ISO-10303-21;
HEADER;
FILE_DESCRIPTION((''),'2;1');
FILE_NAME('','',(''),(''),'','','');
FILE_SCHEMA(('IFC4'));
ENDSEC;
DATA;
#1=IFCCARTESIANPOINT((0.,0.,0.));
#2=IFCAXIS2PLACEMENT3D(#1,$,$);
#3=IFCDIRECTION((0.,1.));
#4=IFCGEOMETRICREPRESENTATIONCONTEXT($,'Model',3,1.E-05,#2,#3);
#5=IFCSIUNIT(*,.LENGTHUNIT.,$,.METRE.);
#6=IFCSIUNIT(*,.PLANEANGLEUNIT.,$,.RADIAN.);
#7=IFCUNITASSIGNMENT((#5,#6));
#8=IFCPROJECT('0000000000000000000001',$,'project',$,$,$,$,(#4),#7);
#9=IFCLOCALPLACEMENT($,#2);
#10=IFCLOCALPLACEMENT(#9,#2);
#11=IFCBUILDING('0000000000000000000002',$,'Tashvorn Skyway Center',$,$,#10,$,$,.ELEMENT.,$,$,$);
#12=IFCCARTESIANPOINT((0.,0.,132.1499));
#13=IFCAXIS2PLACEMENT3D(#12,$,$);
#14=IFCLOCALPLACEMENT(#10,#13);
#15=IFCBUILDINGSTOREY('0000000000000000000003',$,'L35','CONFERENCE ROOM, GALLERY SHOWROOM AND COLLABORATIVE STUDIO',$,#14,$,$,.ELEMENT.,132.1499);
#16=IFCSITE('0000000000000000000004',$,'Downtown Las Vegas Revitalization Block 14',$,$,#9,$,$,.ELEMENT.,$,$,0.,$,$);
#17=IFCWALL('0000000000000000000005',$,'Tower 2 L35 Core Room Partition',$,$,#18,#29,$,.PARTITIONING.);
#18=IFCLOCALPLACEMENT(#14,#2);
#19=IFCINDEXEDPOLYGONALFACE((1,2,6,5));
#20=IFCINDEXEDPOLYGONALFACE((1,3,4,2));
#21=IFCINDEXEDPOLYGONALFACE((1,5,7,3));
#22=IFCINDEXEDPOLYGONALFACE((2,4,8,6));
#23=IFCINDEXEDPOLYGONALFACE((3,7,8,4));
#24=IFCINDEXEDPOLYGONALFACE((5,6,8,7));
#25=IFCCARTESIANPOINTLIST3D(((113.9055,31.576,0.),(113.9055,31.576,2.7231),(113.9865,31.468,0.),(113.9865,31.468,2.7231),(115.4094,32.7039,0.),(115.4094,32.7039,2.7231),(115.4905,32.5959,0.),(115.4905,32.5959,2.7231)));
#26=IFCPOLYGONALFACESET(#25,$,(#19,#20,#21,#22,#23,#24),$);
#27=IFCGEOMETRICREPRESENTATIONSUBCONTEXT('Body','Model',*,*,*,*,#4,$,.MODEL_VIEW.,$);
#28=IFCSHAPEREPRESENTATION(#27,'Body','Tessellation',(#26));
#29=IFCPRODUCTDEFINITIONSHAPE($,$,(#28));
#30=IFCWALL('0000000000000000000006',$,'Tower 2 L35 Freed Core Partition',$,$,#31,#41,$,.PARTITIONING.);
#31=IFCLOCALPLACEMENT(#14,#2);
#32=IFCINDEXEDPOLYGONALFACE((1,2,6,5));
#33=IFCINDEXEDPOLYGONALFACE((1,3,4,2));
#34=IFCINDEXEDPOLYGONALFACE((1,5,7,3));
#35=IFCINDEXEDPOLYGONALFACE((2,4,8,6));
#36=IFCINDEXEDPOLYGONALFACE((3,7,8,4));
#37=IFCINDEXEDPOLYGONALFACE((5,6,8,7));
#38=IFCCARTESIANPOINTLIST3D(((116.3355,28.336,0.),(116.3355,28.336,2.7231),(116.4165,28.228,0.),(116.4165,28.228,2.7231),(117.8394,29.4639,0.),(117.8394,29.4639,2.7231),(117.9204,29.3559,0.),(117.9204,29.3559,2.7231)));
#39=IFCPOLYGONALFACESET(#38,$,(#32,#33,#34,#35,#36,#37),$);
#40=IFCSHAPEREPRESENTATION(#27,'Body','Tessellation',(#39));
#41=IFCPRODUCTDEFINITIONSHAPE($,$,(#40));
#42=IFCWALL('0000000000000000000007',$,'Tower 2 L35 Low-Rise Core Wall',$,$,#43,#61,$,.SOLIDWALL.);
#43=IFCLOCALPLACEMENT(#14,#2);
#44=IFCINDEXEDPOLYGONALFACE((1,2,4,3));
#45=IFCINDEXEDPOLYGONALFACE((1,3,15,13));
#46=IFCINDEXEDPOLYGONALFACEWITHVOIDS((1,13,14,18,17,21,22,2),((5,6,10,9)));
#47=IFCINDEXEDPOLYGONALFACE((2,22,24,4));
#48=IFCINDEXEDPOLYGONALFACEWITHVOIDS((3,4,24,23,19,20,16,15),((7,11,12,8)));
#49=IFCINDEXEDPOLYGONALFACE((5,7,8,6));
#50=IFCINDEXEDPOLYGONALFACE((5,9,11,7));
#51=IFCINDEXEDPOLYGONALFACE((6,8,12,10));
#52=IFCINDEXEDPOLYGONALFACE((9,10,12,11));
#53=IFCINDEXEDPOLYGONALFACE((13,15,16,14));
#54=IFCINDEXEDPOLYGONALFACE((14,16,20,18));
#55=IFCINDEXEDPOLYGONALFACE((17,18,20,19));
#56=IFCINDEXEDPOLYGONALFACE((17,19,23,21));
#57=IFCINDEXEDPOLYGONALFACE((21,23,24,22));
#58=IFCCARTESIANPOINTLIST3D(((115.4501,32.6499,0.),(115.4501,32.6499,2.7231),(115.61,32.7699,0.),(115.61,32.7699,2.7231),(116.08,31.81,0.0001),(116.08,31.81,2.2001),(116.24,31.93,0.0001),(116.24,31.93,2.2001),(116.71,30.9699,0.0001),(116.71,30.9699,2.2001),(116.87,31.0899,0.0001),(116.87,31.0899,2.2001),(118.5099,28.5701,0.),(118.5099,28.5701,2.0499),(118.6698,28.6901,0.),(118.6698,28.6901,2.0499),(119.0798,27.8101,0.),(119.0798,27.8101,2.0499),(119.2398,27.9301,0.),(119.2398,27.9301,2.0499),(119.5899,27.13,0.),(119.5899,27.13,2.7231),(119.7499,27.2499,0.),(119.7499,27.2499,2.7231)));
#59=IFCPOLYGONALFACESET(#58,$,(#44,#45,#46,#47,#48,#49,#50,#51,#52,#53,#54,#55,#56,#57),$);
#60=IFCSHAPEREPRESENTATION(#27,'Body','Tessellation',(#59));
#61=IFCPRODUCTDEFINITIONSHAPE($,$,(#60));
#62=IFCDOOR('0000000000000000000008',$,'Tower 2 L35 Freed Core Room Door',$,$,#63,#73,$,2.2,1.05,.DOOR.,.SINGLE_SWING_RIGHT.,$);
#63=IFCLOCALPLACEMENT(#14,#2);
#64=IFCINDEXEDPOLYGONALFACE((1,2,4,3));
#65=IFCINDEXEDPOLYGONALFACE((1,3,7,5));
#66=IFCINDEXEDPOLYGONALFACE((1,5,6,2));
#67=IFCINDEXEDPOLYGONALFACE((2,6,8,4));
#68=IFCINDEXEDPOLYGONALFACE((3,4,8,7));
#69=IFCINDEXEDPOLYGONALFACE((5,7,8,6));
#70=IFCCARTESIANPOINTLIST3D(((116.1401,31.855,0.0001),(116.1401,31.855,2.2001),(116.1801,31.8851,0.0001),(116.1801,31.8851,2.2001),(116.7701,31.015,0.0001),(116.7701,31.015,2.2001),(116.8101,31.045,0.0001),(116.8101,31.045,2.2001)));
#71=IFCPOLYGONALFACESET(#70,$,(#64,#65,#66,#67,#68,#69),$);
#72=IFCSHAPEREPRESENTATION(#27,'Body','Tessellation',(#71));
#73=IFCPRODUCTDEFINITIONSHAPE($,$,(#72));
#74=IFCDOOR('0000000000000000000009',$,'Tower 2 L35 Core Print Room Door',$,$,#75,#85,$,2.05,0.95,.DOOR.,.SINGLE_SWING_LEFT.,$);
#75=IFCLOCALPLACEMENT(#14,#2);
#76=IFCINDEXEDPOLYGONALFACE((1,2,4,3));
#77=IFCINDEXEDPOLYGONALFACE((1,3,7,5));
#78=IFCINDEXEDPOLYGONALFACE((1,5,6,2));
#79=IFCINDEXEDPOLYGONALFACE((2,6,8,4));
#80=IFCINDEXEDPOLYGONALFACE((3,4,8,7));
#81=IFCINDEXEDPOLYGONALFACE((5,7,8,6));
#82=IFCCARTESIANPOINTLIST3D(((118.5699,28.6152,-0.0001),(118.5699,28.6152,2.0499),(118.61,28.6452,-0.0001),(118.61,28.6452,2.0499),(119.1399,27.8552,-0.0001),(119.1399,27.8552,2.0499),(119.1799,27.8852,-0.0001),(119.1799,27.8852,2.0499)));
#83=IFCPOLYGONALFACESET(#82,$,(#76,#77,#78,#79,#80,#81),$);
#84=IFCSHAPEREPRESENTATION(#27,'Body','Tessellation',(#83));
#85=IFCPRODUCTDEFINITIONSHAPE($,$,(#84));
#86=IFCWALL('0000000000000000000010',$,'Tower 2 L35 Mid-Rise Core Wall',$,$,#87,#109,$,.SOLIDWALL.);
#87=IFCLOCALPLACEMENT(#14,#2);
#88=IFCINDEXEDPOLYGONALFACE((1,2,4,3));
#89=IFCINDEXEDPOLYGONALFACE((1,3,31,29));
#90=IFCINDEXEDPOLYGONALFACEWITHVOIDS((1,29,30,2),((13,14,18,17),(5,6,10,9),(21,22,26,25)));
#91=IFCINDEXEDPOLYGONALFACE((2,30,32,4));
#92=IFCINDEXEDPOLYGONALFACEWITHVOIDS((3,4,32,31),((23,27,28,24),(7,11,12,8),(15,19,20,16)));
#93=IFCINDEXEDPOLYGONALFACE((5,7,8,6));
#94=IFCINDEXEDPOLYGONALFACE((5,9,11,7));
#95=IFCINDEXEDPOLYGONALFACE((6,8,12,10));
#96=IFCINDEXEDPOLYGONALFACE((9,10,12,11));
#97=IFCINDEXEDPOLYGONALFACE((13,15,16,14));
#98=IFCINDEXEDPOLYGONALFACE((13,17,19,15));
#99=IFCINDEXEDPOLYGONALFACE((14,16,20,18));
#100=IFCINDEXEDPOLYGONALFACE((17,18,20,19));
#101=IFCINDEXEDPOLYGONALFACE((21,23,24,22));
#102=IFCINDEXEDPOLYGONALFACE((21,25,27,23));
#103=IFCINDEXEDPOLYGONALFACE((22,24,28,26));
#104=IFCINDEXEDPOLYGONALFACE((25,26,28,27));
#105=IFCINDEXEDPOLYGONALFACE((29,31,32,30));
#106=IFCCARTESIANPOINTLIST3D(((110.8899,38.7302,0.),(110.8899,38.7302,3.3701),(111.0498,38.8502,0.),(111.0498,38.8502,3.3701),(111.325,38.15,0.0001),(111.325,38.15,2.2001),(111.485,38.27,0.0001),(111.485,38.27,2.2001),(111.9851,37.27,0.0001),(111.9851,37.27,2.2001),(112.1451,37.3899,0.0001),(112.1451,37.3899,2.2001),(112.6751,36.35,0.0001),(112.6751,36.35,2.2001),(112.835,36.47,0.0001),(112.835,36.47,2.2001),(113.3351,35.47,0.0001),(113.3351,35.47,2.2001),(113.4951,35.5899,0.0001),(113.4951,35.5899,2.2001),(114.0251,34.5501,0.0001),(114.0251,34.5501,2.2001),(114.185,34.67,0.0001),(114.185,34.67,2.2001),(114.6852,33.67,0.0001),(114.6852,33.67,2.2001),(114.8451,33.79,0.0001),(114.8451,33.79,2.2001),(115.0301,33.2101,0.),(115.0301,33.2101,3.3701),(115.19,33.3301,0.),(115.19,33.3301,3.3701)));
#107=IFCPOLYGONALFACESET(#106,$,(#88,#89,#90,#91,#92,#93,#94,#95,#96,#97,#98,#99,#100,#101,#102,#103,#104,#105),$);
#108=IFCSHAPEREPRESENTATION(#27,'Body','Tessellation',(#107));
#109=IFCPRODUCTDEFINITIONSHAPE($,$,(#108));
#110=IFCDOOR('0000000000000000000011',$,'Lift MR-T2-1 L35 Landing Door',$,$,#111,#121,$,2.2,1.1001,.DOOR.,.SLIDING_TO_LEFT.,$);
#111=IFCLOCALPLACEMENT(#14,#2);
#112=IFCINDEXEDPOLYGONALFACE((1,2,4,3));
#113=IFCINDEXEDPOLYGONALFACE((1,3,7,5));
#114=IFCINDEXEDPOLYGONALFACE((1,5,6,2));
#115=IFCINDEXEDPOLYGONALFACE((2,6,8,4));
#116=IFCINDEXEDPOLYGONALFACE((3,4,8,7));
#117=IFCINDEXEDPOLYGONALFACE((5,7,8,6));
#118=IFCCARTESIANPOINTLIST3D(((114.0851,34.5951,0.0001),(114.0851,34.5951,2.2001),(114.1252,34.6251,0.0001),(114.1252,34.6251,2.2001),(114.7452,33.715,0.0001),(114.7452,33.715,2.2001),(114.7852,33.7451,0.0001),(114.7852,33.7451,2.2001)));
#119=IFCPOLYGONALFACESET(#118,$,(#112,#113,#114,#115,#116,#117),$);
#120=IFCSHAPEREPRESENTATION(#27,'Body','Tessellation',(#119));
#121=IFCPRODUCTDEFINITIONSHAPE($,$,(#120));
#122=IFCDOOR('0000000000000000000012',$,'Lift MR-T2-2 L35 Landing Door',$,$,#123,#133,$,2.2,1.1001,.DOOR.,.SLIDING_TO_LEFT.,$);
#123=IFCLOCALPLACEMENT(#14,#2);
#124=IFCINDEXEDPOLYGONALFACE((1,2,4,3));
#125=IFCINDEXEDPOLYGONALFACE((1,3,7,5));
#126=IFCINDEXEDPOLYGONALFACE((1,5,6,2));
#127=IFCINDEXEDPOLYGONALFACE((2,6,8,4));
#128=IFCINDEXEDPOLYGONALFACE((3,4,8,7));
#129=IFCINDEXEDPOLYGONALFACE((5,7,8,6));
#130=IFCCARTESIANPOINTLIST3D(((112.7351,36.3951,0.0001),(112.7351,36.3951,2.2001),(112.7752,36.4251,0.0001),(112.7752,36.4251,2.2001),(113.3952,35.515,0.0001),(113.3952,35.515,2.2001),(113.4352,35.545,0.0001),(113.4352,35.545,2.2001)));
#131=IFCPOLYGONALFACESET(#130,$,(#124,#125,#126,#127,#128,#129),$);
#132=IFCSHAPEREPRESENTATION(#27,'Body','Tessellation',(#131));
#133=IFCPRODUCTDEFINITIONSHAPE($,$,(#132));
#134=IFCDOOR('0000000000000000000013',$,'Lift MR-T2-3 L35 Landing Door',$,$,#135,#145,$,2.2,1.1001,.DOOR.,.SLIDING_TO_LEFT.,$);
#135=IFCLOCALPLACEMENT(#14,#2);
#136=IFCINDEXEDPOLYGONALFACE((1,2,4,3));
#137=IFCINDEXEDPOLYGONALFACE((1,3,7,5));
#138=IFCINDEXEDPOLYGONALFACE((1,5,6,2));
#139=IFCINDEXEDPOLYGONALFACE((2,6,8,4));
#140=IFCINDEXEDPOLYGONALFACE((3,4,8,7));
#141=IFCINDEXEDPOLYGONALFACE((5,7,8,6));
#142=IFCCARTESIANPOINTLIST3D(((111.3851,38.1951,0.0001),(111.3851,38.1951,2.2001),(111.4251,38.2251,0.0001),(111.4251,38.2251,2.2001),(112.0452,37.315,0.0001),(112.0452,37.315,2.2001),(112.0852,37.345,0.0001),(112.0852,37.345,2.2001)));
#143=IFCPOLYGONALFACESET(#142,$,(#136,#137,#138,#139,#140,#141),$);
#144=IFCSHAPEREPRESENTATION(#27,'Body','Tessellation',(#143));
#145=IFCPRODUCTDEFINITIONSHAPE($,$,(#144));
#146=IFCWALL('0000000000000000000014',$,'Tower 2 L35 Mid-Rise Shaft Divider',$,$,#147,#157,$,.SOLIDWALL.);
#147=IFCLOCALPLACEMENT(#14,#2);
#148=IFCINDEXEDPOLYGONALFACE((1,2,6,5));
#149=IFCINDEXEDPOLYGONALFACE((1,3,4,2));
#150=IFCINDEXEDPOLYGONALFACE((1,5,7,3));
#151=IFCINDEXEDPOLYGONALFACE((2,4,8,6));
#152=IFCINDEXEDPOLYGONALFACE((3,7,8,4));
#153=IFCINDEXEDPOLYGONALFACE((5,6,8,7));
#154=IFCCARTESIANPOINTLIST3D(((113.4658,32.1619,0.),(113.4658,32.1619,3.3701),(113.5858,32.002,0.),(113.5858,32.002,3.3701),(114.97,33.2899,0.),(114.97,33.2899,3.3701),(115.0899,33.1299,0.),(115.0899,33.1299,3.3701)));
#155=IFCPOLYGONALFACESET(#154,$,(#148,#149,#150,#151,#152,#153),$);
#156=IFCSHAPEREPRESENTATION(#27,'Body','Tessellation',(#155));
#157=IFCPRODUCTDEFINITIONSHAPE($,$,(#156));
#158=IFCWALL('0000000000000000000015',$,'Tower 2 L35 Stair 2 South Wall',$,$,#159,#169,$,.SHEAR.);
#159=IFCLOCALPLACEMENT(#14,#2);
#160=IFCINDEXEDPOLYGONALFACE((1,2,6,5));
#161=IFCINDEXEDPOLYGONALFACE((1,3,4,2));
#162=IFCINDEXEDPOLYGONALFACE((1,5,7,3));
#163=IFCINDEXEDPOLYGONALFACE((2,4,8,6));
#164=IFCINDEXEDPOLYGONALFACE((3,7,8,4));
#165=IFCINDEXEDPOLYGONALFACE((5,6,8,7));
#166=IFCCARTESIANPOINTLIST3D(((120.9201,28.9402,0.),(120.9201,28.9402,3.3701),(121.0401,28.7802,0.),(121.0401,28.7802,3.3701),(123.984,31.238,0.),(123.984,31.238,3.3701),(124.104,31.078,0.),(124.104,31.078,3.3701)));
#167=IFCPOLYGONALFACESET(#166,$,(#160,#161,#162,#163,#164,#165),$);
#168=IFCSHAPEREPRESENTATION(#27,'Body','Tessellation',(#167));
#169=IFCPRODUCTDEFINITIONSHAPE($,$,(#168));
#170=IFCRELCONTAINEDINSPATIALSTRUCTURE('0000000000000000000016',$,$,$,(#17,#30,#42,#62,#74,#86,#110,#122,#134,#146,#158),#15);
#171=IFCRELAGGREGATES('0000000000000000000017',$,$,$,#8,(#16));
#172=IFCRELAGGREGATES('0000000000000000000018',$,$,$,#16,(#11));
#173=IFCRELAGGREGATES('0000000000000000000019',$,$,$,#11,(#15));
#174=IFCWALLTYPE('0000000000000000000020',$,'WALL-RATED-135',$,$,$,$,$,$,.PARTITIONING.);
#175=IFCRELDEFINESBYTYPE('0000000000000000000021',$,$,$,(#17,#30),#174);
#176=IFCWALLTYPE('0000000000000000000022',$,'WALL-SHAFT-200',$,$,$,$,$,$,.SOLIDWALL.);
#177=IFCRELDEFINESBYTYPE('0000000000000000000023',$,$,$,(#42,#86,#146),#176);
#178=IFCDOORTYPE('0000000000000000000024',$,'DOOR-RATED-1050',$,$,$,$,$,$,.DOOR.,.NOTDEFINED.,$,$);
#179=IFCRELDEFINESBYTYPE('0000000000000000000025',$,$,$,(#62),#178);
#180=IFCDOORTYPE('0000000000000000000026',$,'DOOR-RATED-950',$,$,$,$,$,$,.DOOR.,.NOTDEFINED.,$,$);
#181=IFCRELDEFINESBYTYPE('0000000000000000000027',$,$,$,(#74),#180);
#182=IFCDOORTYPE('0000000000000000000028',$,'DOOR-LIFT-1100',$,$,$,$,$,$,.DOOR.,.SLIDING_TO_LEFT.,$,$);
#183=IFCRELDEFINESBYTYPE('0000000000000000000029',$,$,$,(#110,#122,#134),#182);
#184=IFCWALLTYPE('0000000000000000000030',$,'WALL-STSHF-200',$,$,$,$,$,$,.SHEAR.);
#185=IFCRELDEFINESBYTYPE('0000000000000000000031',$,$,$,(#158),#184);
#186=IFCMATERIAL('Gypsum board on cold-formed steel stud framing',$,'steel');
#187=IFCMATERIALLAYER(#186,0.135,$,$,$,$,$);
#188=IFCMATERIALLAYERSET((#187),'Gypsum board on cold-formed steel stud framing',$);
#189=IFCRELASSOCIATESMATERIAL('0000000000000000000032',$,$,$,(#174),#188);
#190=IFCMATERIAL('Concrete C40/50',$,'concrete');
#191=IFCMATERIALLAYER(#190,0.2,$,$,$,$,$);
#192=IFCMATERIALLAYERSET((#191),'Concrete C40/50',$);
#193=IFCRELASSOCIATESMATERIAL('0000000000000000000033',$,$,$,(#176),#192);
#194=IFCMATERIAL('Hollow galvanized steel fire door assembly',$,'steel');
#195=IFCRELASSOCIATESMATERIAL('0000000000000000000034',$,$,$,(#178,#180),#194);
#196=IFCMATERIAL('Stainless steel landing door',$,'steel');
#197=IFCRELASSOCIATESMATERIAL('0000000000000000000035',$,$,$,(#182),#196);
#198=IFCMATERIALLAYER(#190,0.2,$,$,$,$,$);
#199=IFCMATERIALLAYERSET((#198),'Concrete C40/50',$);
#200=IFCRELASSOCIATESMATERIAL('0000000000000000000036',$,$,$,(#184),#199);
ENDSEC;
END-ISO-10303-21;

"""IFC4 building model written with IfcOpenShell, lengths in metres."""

from ifc_helpers import new_model, si_unit, direction, frame, frame_2d, origin, place, context, subcontext, project, spatial, rectangle, extrude, material, layer, layer_set, type_object, element, fill, save


model = new_model("IFC4")

# Units and contexts
model_context = context("Model", 3, precision=1e-05, world=origin(), true_north=direction((0.0, 1.0)))
body_context = subcontext(model_context, "Body", "Model", "MODEL_VIEW")
ifc_project = project(units=[si_unit("LENGTHUNIT", "METRE"), si_unit("PLANEANGLEUNIT", "RADIAN")], contexts=[model_context])

# Site, building, storey
site_placement = place(None, origin())
site = spatial("IfcSite", under=ifc_project, at=site_placement, Name="Downtown Las Vegas Revitalization Block 14", CompositionType="ELEMENT", RefElevation=0.0)
building_placement = place(site_placement, origin())
building = spatial("IfcBuilding", under=site, at=building_placement, Name="Tashvorn Skyway Center", CompositionType="ELEMENT")
storey_placement = place(building_placement, frame((0.0, 0.0, 132.1499)))
storey = spatial("IfcBuildingStorey", under=building, at=storey_placement, Name="L35", Description="CONFERENCE ROOM, GALLERY SHOWROOM AND COLLABORATIVE STUDIO", CompositionType="ELEMENT", Elevation=132.1499)

# Shared definitions
ifc_material_1 = material(Name="Hollow galvanized steel fire door assembly", Category="steel")

# Shared definitions
ifc_material_2 = material(Name="Concrete C40/50", Category="concrete")

# Walls
ifc_material_3 = material(Name="Gypsum board on cold-formed steel stud framing", Category="steel")
ifc_layer_1 = layer(ifc_material_3, 0.135)
ifc_layer_set_1 = layer_set([ifc_layer_1], Name="Gypsum board on cold-formed steel stud framing")
wall_type_1 = type_object("IfcWallType", Name="WALL-RATED-135", PredefinedType="PARTITIONING", material=ifc_layer_set_1)
for number, where, z_axis, x_axis, name in (
    (1, (113.946, 31.522, 0.0), (0.0, 0.0, 1.0), (0.8, 0.6, 0.0), "Tower 2 L35 Core Room Partition"),
    (2, (116.376, 28.282, 0.0), (0.0, 0.0, 1.0), (0.8, 0.6, 0.0), "Tower 2 L35 Freed Core Partition"),
):
    element("IfcWall", number, at=place(storey_placement, frame(where, z_axis=z_axis, x_axis=x_axis)), inside=storey, type_object=wall_type_1, Name=name, PredefinedType="PARTITIONING", context=body_context, shape_type="SweptSolid", body=[
        extrude(rectangle(XDim=1.8799, YDim=0.135, at=frame_2d((0.9399, 0.0))), origin(), (0.0, 0.0, 1.0), 2.7231),
    ])

# Walls, openings, doors
ifc_layer_2 = layer(ifc_material_2, 0.2)
ifc_layer_set_2 = layer_set([ifc_layer_2], Name="Concrete C40/50")
wall_type_2 = type_object("IfcWallType", Name="WALL-SHAFT-200", PredefinedType="SOLIDWALL", material=ifc_layer_set_2)
wall_1_placement = place(storey_placement, frame((119.6699, 27.1899, 0.0), z_axis=(0.0, 0.0, 1.0), x_axis=(-0.599989, 0.800008, 0.0)))
wall_1 = element("IfcWall", 3, at=wall_1_placement, inside=storey, type_object=wall_type_2, Name="Tower 2 L35 Low-Rise Core Wall", PredefinedType="SOLIDWALL", context=body_context, shape_type="SweptSolid", body=[
    extrude(rectangle(XDim=6.8999, YDim=0.2, at=frame_2d((3.45, 0.0))), origin(), (0.0, 0.0, 1.0), 2.7231),
])
opening_1_placement = place(wall_1_placement, frame((0.8501, 0.0, 0.0)))
opening_1 = element("IfcOpeningElement", 4, at=opening_1_placement, cuts=wall_1, PredefinedType="OPENING", context=body_context, shape_type="SweptSolid", body=[
    extrude(rectangle(XDim=0.95, YDim=2.05, at=frame_2d((0.4751, 1.0249))), frame((0.0, 0.1099, 0.0), z_axis=(0.0, -1.0, 0.0), x_axis=(1.0, 0.0, 0.0)), (0.0, 0.0, 1.0), 0.22),
])
opening_2_placement = place(wall_1_placement, frame((4.8, 0.0, 0.0)))
opening_2 = element("IfcOpeningElement", 5, at=opening_2_placement, cuts=wall_1, PredefinedType="OPENING", context=body_context, shape_type="SweptSolid", body=[
    extrude(rectangle(XDim=1.05, YDim=2.2, at=frame_2d((0.5249, 1.1001))), frame((0.0, 0.1099, 0.0), z_axis=(0.0, -1.0, 0.0), x_axis=(1.0, 0.0, 0.0)), (0.0, 0.0, 1.0), 0.22),
])
door_type_1 = type_object("IfcDoorType", Name="DOOR-RATED-1050", OperationType="NOTDEFINED", PredefinedType="DOOR", material=ifc_material_1)
door_1_placement = place(opening_2_placement, origin())
door_1 = element("IfcDoor", 6, at=door_1_placement, inside=storey, type_object=door_type_1, Name="Tower 2 L35 Freed Core Room Door", OperationType="SINGLE_SWING_RIGHT", OverallHeight=2.2, OverallWidth=1.05, PredefinedType="DOOR", context=body_context, shape_type="SweptSolid", body=[
    extrude(rectangle(XDim=1.05, YDim=2.2, at=frame_2d((0.5249, 1.1001))), frame((0.0, 0.0249, 0.0), z_axis=(0.0, -1.0, 0.0), x_axis=(1.0, 0.0, 0.0)), (0.0, 0.0, 1.0), 0.05),
])
fill(opening_2, door_1)
door_type_2 = type_object("IfcDoorType", Name="DOOR-RATED-950", OperationType="NOTDEFINED", PredefinedType="DOOR", material=ifc_material_1)
door_2_placement = place(opening_1_placement, origin())
door_2 = element("IfcDoor", 7, at=door_2_placement, inside=storey, type_object=door_type_2, Name="Tower 2 L35 Core Print Room Door", OperationType="SINGLE_SWING_LEFT", OverallHeight=2.05, OverallWidth=0.95, PredefinedType="DOOR", context=body_context, shape_type="SweptSolid", body=[
    extrude(rectangle(XDim=0.95, YDim=2.05, at=frame_2d((0.4751, 1.0249))), frame((0.0, 0.0249, 0.0), z_axis=(0.0, -1.0, 0.0), x_axis=(1.0, 0.0, 0.0)), (0.0, 0.0, 1.0), 0.05),
])
fill(opening_1, door_2)
wall_2_placement = place(storey_placement, frame((115.1101, 33.27, 0.0), z_axis=(0.0, 0.0, 1.0), x_axis=(-0.600011, 0.799992, 0.0)))
wall_2 = element("IfcWall", 8, at=wall_2_placement, inside=storey, type_object=wall_type_2, Name="Tower 2 L35 Mid-Rise Core Wall", PredefinedType="SOLIDWALL", context=body_context, shape_type="SweptSolid", body=[
    extrude(rectangle(XDim=6.9001, YDim=0.2, at=frame_2d((3.4502, 0.0))), origin(), (0.0, 0.0, 1.0), 3.3701),
])
opening_3_placement = place(wall_2_placement, frame((0.575, 0.0, 0.0)))
opening_3 = element("IfcOpeningElement", 9, at=opening_3_placement, cuts=wall_2, PredefinedType="OPENING", context=body_context, shape_type="SweptSolid", body=[
    extrude(rectangle(XDim=1.1001, YDim=2.2, at=frame_2d((0.55, 1.1001))), frame((0.0, 0.1099, 0.0), z_axis=(0.0, -1.0, 0.0), x_axis=(1.0, 0.0, 0.0)), (0.0, 0.0, 1.0), 0.22),
])
opening_4_placement = place(wall_2_placement, frame((2.825, 0.0, 0.0)))
opening_4 = element("IfcOpeningElement", 10, at=opening_4_placement, cuts=wall_2, PredefinedType="OPENING", context=body_context, shape_type="SweptSolid", body=[
    extrude(rectangle(XDim=1.1001, YDim=2.2, at=frame_2d((0.55, 1.1001))), frame((0.0, 0.1099, 0.0), z_axis=(0.0, -1.0, 0.0), x_axis=(1.0, 0.0, 0.0)), (0.0, 0.0, 1.0), 0.22),
])
opening_5_placement = place(wall_2_placement, frame((5.075, 0.0, 0.0)))
opening_5 = element("IfcOpeningElement", 11, at=opening_5_placement, cuts=wall_2, PredefinedType="OPENING", context=body_context, shape_type="SweptSolid", body=[
    extrude(rectangle(XDim=1.1001, YDim=2.2, at=frame_2d((0.55, 1.1001))), frame((0.0, 0.1099, 0.0), z_axis=(0.0, -1.0, 0.0), x_axis=(1.0, 0.0, 0.0)), (0.0, 0.0, 1.0), 0.22),
])
ifc_material_4 = material(Name="Stainless steel landing door", Category="steel")
door_type_3 = type_object("IfcDoorType", Name="DOOR-LIFT-1100", OperationType="SLIDING_TO_LEFT", PredefinedType="DOOR", material=ifc_material_4)
door_3_placement = place(opening_3_placement, origin())
door_3 = element("IfcDoor", 12, at=door_3_placement, inside=storey, type_object=door_type_3, Name="Lift MR-T2-1 L35 Landing Door", OperationType="SLIDING_TO_LEFT", OverallHeight=2.2, OverallWidth=1.1001, PredefinedType="DOOR", context=body_context, shape_type="SweptSolid", body=[
    extrude(rectangle(XDim=1.1001, YDim=2.2, at=frame_2d((0.55, 1.1001))), frame((0.0, 0.0249, 0.0), z_axis=(0.0, -1.0, 0.0), x_axis=(1.0, 0.0, 0.0)), (0.0, 0.0, 1.0), 0.05),
])
fill(opening_3, door_3)
door_4_placement = place(opening_4_placement, origin())
door_4 = element("IfcDoor", 13, at=door_4_placement, inside=storey, type_object=door_type_3, Name="Lift MR-T2-2 L35 Landing Door", OperationType="SLIDING_TO_LEFT", OverallHeight=2.2, OverallWidth=1.1001, PredefinedType="DOOR", context=body_context, shape_type="SweptSolid", body=[
    extrude(rectangle(XDim=1.1001, YDim=2.2, at=frame_2d((0.55, 1.1001))), frame((0.0, 0.0249, 0.0), z_axis=(0.0, -1.0, 0.0), x_axis=(1.0, 0.0, 0.0)), (0.0, 0.0, 1.0), 0.05),
])
fill(opening_4, door_4)
door_5_placement = place(opening_5_placement, origin())
door_5 = element("IfcDoor", 14, at=door_5_placement, inside=storey, type_object=door_type_3, Name="Lift MR-T2-3 L35 Landing Door", OperationType="SLIDING_TO_LEFT", OverallHeight=2.2, OverallWidth=1.1001, PredefinedType="DOOR", context=body_context, shape_type="SweptSolid", body=[
    extrude(rectangle(XDim=1.1001, YDim=2.2, at=frame_2d((0.55, 1.1001))), frame((0.0, 0.0249, 0.0), z_axis=(0.0, -1.0, 0.0), x_axis=(1.0, 0.0, 0.0)), (0.0, 0.0, 1.0), 0.05),
])
fill(opening_5, door_5)

# Walls
wall_3_placement = place(storey_placement, frame((113.5259, 32.082, 0.0), z_axis=(0.0, 0.0, 1.0), x_axis=(0.800047, 0.599938, 0.0)))
element("IfcWall", 15, at=wall_3_placement, inside=storey, type_object=wall_type_2, Name="Tower 2 L35 Mid-Rise Shaft Divider", PredefinedType="SOLIDWALL", context=body_context, shape_type="SweptSolid", body=[
    extrude(rectangle(XDim=1.8801, YDim=0.2, at=frame_2d((0.9399, 0.0))), origin(), (0.0, 0.0, 1.0), 3.3701),
])
ifc_layer_3 = layer(ifc_material_2, 0.2)
ifc_layer_set_3 = layer_set([ifc_layer_3], Name="Concrete C40/50")
wall_type_3 = type_object("IfcWallType", Name="WALL-STSHF-200", PredefinedType="SHEAR", material=ifc_layer_set_3)
wall_4_placement = place(storey_placement, frame((120.98, 28.8601, 0.0), z_axis=(0.0, 0.0, 1.0), x_axis=(0.800015, 0.59998, 0.0)))
element("IfcWall", 16, at=wall_4_placement, inside=storey, type_object=wall_type_3, Name="Tower 2 L35 Stair 2 South Wall", PredefinedType="SHEAR", context=body_context, shape_type="SweptSolid", body=[
    extrude(rectangle(XDim=3.8298, YDim=0.2, at=frame_2d((1.915, 0.0))), origin(), (0.0, 0.0, 1.0), 3.3701),
])

save(model, "model.ifc")
